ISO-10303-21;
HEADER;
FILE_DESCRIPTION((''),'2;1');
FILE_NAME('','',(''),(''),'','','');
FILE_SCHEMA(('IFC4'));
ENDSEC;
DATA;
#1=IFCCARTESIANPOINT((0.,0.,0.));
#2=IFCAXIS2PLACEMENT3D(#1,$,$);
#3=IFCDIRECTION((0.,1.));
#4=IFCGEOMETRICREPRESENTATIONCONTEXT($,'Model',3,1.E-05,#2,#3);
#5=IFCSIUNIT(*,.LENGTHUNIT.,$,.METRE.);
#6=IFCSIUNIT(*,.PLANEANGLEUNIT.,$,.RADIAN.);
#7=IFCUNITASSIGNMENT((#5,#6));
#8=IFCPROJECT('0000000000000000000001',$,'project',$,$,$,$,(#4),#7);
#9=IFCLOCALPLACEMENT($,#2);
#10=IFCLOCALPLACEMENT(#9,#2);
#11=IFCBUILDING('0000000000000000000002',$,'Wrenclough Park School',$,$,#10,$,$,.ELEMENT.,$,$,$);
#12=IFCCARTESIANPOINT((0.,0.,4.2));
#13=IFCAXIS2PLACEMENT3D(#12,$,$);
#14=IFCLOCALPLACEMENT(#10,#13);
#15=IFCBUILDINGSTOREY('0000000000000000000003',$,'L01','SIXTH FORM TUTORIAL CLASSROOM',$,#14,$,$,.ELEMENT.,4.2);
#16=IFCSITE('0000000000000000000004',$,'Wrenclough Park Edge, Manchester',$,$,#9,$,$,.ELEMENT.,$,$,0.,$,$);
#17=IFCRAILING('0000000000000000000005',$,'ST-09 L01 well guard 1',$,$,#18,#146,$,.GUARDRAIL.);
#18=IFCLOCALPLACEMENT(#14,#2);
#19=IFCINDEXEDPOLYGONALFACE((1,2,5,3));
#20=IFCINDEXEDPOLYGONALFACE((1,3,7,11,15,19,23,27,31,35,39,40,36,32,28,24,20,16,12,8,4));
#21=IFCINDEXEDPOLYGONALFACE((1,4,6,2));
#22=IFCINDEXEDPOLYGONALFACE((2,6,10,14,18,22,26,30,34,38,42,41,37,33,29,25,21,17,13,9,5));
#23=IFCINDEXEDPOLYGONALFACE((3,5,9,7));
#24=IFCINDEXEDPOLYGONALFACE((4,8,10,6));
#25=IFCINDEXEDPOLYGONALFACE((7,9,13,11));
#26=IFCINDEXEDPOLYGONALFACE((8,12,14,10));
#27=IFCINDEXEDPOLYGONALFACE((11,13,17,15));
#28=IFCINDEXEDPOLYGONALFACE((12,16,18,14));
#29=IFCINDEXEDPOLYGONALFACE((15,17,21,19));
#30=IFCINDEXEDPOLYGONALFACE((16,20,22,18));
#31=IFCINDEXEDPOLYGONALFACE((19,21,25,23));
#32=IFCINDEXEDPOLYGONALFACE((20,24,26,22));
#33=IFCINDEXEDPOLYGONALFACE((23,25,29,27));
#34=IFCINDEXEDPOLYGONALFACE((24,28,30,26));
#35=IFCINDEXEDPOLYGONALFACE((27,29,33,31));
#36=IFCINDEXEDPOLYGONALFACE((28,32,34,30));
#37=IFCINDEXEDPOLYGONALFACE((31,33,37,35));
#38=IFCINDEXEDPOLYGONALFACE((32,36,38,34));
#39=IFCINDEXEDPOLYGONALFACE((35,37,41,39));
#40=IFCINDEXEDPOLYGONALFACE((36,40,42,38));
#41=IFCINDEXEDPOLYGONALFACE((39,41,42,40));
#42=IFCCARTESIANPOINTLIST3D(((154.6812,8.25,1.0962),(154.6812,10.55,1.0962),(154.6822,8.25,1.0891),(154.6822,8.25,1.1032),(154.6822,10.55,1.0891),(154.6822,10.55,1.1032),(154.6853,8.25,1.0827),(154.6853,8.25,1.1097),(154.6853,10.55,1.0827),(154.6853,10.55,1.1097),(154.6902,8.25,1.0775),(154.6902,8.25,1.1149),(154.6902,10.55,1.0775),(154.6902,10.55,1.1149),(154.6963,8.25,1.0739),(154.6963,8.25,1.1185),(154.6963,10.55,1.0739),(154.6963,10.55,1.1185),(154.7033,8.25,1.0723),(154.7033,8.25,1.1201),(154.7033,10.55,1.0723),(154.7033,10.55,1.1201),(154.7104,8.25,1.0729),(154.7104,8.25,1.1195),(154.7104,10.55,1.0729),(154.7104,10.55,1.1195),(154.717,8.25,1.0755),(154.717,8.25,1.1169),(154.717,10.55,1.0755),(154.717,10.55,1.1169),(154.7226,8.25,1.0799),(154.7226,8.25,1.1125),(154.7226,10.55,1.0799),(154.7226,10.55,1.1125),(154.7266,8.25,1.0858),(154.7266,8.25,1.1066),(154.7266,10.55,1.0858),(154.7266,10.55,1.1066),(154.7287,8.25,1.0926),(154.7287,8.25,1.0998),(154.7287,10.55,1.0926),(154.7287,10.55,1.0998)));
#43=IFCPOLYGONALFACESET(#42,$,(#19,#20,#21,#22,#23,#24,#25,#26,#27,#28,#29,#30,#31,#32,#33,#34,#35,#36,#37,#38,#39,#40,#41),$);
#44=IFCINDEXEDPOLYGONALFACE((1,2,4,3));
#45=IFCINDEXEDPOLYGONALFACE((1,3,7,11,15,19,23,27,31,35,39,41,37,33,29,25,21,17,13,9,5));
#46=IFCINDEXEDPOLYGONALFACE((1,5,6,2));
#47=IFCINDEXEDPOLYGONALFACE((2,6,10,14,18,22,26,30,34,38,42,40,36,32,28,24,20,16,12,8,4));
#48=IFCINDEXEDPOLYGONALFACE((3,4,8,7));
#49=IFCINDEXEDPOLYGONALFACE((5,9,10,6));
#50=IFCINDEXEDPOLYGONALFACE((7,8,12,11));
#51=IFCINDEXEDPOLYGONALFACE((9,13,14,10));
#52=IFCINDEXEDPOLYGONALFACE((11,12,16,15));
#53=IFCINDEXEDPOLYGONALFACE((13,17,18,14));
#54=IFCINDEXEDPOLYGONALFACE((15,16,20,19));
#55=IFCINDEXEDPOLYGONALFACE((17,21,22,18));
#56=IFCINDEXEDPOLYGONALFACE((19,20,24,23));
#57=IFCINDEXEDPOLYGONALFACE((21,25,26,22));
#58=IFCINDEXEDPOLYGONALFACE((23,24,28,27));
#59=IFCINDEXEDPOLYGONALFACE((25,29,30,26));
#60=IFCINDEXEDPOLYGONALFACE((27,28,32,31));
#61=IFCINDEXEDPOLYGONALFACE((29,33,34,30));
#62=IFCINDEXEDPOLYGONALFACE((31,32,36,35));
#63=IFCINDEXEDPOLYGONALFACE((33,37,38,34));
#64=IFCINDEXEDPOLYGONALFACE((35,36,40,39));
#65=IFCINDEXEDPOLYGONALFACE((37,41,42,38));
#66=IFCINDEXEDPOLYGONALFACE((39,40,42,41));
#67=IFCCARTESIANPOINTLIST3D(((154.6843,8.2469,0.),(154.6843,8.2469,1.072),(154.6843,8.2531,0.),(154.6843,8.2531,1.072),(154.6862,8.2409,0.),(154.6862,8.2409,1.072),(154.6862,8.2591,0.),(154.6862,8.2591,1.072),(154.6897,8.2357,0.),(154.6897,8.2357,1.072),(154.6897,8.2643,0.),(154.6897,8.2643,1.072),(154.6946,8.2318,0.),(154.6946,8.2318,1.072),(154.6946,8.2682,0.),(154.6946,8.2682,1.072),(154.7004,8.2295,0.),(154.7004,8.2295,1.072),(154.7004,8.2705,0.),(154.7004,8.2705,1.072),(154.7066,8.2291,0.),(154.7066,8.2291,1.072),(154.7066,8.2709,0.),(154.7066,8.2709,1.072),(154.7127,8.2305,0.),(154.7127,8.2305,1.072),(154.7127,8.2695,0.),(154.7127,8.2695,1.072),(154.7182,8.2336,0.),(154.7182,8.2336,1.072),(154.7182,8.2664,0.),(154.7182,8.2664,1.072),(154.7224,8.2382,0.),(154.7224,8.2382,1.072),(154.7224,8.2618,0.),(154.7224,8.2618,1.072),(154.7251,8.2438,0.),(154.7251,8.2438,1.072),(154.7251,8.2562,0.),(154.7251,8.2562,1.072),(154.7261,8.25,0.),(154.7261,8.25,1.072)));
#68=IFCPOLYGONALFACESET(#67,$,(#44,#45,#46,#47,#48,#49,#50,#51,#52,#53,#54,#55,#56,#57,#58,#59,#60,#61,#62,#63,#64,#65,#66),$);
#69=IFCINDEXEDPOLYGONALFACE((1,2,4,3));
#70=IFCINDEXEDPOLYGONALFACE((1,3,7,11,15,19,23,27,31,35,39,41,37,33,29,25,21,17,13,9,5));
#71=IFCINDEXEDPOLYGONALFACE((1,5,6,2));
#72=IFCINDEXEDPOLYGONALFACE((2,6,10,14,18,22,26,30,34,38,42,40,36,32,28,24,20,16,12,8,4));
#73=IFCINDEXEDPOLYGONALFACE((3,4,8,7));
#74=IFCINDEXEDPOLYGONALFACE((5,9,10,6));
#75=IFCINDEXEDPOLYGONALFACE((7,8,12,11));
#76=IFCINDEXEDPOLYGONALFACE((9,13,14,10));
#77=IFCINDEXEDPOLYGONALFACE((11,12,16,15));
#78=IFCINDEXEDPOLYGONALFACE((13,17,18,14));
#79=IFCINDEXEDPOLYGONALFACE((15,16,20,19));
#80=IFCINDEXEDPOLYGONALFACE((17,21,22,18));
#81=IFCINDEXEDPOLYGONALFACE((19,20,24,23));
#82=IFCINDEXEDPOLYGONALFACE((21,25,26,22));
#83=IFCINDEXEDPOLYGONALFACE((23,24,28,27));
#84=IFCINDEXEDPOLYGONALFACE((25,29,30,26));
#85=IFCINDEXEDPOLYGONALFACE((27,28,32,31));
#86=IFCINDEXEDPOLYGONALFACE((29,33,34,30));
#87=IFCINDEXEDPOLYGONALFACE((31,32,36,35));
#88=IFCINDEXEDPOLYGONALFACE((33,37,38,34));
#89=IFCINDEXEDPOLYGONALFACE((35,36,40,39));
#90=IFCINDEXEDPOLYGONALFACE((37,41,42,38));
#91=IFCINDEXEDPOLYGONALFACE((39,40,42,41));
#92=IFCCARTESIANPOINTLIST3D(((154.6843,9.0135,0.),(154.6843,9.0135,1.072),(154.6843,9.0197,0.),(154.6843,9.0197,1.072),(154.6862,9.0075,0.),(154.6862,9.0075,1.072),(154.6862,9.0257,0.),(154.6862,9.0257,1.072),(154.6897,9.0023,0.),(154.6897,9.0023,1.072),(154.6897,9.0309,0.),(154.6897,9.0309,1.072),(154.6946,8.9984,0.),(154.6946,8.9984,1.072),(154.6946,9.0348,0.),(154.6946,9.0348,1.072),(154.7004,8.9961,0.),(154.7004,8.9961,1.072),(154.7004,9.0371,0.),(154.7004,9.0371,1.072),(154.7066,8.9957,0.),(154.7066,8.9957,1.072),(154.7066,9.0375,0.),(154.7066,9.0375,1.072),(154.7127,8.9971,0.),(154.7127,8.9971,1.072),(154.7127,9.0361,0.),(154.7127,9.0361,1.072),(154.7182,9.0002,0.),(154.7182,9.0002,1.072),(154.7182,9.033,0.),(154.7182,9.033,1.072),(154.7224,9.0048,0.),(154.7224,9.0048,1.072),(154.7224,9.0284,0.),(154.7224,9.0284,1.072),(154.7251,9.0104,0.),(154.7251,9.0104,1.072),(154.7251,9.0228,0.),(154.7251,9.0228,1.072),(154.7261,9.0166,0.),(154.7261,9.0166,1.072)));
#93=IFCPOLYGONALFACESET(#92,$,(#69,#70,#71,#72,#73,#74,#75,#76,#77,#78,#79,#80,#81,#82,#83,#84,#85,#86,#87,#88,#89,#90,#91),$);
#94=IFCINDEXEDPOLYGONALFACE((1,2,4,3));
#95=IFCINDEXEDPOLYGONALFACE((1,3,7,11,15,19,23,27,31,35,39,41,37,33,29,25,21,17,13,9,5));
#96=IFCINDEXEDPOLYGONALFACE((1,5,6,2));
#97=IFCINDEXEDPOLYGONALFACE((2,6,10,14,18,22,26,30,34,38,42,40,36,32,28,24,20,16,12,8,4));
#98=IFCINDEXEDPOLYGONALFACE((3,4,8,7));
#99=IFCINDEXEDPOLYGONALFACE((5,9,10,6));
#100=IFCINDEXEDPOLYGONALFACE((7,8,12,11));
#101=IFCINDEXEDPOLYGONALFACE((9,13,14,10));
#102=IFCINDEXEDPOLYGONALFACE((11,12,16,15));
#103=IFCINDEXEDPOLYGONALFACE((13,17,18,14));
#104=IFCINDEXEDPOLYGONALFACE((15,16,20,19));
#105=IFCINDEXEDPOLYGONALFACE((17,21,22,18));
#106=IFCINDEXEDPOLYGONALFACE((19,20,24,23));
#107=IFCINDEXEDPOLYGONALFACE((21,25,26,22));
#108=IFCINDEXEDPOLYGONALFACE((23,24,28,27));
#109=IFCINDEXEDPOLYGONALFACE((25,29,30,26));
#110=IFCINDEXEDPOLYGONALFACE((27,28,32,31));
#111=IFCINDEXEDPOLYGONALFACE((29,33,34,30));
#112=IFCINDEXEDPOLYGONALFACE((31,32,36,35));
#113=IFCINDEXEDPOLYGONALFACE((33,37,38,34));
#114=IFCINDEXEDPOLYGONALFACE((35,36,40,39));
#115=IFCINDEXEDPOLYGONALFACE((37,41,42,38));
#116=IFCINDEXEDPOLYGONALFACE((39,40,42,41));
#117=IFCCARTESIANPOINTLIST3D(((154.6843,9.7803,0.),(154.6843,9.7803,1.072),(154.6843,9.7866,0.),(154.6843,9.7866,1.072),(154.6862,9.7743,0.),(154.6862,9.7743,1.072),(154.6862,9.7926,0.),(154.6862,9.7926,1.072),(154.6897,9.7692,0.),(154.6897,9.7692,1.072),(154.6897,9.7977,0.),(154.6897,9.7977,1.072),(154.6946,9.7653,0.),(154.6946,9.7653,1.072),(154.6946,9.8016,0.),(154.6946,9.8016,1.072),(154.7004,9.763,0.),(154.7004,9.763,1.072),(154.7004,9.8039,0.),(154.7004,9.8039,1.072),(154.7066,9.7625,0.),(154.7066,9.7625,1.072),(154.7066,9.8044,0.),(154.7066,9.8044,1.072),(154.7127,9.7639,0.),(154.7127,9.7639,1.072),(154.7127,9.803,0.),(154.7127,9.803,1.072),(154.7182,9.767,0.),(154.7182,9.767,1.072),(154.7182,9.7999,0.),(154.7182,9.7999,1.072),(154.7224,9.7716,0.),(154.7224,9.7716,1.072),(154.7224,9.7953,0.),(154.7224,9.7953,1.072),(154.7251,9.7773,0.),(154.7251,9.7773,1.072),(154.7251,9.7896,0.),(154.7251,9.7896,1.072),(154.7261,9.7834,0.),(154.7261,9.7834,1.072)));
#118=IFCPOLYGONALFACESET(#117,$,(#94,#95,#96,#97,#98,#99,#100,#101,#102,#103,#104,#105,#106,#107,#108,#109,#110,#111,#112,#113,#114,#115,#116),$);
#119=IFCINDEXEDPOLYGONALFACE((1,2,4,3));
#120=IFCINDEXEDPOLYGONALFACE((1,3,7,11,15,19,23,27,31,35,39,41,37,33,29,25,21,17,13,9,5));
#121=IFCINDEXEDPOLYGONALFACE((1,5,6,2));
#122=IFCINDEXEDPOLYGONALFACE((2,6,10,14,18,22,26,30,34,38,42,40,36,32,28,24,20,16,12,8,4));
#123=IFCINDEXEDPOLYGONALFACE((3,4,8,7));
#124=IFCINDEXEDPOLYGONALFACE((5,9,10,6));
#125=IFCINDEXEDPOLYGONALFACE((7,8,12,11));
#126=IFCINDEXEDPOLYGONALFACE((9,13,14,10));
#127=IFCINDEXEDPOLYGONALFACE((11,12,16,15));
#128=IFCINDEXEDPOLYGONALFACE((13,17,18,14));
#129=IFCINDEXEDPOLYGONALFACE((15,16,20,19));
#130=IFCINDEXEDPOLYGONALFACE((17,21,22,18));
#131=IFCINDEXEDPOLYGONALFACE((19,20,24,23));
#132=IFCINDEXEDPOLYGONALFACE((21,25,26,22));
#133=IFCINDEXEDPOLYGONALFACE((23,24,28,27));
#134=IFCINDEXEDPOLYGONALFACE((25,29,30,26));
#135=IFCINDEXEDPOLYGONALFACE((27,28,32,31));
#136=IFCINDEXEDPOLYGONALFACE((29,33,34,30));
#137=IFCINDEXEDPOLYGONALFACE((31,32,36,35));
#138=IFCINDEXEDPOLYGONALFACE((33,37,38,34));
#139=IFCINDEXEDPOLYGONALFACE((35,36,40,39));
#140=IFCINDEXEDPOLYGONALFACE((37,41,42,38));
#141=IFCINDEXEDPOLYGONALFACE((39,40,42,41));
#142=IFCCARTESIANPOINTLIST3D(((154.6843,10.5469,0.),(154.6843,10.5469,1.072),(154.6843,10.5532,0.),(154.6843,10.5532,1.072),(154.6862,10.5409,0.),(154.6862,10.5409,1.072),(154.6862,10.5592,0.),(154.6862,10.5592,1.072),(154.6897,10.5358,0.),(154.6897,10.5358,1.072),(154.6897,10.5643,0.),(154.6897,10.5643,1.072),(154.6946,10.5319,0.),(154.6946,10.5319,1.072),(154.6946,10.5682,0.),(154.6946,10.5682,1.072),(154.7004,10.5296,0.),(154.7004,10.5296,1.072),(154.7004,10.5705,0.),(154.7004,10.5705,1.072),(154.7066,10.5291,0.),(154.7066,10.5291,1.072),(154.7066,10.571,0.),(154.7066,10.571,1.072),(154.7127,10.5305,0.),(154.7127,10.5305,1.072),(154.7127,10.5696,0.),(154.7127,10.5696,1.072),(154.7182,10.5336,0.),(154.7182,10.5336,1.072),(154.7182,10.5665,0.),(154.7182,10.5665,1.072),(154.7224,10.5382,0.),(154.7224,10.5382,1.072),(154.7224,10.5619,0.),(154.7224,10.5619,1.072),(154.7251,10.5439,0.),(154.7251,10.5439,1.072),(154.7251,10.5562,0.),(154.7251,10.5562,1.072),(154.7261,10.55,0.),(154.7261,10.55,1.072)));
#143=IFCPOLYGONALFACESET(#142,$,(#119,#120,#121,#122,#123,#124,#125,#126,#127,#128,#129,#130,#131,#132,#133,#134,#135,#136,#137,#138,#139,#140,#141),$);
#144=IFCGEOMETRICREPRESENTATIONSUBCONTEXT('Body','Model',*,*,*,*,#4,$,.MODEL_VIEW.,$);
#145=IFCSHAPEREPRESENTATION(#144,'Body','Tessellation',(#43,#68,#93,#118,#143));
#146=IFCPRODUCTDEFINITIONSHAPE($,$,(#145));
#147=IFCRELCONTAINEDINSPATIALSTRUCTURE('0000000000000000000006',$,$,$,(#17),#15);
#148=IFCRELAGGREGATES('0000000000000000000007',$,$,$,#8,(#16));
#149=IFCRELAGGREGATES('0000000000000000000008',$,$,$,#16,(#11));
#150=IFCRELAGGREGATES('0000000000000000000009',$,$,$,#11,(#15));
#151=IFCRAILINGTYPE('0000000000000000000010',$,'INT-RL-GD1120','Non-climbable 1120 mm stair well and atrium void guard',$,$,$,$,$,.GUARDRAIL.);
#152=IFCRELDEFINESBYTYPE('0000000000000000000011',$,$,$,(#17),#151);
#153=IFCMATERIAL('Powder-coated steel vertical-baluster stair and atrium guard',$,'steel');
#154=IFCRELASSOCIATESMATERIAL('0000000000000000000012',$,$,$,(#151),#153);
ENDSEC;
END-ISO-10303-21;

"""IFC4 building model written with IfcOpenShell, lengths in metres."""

from ifc_helpers import new_model, si_unit, direction, frame, origin, origin_2d, place, context, subcontext, project, spatial, circle, extrude, material, type_object, element, save


model = new_model("IFC4")

# Units and contexts
model_context = context("Model", 3, precision=1e-05, world=origin(), true_north=direction((0.0, 1.0)))
body_context = subcontext(model_context, "Body", "Model", "MODEL_VIEW")
ifc_project = project(units=[si_unit("LENGTHUNIT", "METRE"), si_unit("PLANEANGLEUNIT", "RADIAN")], contexts=[model_context])

# Site, building, storey
site_placement = place(None, origin())
site = spatial("IfcSite", under=ifc_project, at=site_placement, Name="Wrenclough Park Edge, Manchester", CompositionType="ELEMENT", RefElevation=0.0)
building_placement = place(site_placement, origin())
building = spatial("IfcBuilding", under=site, at=building_placement, Name="Wrenclough Park School", CompositionType="ELEMENT")
storey_placement = place(building_placement, frame((0.0, 0.0, 4.2)))
storey = spatial("IfcBuildingStorey", under=building, at=storey_placement, Name="L01", Description="SIXTH FORM TUTORIAL CLASSROOM", CompositionType="ELEMENT", Elevation=4.2)

# Railing
ifc_material_1 = material(Name="Powder-coated steel vertical-baluster stair and atrium guard", Category="steel")
railing_type_1 = type_object("IfcRailingType", Name="INT-RL-GD1120", Description="Non-climbable 1120 mm stair well and atrium void guard", PredefinedType="GUARDRAIL", material=ifc_material_1)
railing_1_placement = place(storey_placement, frame((154.7051, 8.25, 0.0)))
element("IfcRailing", 1, at=railing_1_placement, inside=storey, type_object=railing_type_1, Name="ST-09 L01 well guard 1", PredefinedType="GUARDRAIL", context=body_context, shape_type="SweptSolid", body=[
    extrude(circle(Radius=0.0239, at=origin_2d()), frame((0.0, 0.0, 1.0962), z_axis=(0.0, 1.0, 0.0), x_axis=(-1.0, 0.0, 0.0)), (0.0, 0.0, 1.0), 2.3),
    extrude(circle(Radius=0.021, at=origin_2d()), origin(), (0.0, 0.0, 1.0), 1.072),
    extrude(circle(Radius=0.021, at=origin_2d()), frame((0.0, 0.7666, 0.0)), (0.0, 0.0, 1.0), 1.072),
    extrude(circle(Radius=0.021, at=origin_2d()), frame((0.0, 1.5334, 0.0)), (0.0, 0.0, 1.0), 1.072),
    extrude(circle(Radius=0.021, at=origin_2d()), frame((0.0, 2.3, 0.0)), (0.0, 0.0, 1.0), 1.072),
])

save(model, "model.ifc")
